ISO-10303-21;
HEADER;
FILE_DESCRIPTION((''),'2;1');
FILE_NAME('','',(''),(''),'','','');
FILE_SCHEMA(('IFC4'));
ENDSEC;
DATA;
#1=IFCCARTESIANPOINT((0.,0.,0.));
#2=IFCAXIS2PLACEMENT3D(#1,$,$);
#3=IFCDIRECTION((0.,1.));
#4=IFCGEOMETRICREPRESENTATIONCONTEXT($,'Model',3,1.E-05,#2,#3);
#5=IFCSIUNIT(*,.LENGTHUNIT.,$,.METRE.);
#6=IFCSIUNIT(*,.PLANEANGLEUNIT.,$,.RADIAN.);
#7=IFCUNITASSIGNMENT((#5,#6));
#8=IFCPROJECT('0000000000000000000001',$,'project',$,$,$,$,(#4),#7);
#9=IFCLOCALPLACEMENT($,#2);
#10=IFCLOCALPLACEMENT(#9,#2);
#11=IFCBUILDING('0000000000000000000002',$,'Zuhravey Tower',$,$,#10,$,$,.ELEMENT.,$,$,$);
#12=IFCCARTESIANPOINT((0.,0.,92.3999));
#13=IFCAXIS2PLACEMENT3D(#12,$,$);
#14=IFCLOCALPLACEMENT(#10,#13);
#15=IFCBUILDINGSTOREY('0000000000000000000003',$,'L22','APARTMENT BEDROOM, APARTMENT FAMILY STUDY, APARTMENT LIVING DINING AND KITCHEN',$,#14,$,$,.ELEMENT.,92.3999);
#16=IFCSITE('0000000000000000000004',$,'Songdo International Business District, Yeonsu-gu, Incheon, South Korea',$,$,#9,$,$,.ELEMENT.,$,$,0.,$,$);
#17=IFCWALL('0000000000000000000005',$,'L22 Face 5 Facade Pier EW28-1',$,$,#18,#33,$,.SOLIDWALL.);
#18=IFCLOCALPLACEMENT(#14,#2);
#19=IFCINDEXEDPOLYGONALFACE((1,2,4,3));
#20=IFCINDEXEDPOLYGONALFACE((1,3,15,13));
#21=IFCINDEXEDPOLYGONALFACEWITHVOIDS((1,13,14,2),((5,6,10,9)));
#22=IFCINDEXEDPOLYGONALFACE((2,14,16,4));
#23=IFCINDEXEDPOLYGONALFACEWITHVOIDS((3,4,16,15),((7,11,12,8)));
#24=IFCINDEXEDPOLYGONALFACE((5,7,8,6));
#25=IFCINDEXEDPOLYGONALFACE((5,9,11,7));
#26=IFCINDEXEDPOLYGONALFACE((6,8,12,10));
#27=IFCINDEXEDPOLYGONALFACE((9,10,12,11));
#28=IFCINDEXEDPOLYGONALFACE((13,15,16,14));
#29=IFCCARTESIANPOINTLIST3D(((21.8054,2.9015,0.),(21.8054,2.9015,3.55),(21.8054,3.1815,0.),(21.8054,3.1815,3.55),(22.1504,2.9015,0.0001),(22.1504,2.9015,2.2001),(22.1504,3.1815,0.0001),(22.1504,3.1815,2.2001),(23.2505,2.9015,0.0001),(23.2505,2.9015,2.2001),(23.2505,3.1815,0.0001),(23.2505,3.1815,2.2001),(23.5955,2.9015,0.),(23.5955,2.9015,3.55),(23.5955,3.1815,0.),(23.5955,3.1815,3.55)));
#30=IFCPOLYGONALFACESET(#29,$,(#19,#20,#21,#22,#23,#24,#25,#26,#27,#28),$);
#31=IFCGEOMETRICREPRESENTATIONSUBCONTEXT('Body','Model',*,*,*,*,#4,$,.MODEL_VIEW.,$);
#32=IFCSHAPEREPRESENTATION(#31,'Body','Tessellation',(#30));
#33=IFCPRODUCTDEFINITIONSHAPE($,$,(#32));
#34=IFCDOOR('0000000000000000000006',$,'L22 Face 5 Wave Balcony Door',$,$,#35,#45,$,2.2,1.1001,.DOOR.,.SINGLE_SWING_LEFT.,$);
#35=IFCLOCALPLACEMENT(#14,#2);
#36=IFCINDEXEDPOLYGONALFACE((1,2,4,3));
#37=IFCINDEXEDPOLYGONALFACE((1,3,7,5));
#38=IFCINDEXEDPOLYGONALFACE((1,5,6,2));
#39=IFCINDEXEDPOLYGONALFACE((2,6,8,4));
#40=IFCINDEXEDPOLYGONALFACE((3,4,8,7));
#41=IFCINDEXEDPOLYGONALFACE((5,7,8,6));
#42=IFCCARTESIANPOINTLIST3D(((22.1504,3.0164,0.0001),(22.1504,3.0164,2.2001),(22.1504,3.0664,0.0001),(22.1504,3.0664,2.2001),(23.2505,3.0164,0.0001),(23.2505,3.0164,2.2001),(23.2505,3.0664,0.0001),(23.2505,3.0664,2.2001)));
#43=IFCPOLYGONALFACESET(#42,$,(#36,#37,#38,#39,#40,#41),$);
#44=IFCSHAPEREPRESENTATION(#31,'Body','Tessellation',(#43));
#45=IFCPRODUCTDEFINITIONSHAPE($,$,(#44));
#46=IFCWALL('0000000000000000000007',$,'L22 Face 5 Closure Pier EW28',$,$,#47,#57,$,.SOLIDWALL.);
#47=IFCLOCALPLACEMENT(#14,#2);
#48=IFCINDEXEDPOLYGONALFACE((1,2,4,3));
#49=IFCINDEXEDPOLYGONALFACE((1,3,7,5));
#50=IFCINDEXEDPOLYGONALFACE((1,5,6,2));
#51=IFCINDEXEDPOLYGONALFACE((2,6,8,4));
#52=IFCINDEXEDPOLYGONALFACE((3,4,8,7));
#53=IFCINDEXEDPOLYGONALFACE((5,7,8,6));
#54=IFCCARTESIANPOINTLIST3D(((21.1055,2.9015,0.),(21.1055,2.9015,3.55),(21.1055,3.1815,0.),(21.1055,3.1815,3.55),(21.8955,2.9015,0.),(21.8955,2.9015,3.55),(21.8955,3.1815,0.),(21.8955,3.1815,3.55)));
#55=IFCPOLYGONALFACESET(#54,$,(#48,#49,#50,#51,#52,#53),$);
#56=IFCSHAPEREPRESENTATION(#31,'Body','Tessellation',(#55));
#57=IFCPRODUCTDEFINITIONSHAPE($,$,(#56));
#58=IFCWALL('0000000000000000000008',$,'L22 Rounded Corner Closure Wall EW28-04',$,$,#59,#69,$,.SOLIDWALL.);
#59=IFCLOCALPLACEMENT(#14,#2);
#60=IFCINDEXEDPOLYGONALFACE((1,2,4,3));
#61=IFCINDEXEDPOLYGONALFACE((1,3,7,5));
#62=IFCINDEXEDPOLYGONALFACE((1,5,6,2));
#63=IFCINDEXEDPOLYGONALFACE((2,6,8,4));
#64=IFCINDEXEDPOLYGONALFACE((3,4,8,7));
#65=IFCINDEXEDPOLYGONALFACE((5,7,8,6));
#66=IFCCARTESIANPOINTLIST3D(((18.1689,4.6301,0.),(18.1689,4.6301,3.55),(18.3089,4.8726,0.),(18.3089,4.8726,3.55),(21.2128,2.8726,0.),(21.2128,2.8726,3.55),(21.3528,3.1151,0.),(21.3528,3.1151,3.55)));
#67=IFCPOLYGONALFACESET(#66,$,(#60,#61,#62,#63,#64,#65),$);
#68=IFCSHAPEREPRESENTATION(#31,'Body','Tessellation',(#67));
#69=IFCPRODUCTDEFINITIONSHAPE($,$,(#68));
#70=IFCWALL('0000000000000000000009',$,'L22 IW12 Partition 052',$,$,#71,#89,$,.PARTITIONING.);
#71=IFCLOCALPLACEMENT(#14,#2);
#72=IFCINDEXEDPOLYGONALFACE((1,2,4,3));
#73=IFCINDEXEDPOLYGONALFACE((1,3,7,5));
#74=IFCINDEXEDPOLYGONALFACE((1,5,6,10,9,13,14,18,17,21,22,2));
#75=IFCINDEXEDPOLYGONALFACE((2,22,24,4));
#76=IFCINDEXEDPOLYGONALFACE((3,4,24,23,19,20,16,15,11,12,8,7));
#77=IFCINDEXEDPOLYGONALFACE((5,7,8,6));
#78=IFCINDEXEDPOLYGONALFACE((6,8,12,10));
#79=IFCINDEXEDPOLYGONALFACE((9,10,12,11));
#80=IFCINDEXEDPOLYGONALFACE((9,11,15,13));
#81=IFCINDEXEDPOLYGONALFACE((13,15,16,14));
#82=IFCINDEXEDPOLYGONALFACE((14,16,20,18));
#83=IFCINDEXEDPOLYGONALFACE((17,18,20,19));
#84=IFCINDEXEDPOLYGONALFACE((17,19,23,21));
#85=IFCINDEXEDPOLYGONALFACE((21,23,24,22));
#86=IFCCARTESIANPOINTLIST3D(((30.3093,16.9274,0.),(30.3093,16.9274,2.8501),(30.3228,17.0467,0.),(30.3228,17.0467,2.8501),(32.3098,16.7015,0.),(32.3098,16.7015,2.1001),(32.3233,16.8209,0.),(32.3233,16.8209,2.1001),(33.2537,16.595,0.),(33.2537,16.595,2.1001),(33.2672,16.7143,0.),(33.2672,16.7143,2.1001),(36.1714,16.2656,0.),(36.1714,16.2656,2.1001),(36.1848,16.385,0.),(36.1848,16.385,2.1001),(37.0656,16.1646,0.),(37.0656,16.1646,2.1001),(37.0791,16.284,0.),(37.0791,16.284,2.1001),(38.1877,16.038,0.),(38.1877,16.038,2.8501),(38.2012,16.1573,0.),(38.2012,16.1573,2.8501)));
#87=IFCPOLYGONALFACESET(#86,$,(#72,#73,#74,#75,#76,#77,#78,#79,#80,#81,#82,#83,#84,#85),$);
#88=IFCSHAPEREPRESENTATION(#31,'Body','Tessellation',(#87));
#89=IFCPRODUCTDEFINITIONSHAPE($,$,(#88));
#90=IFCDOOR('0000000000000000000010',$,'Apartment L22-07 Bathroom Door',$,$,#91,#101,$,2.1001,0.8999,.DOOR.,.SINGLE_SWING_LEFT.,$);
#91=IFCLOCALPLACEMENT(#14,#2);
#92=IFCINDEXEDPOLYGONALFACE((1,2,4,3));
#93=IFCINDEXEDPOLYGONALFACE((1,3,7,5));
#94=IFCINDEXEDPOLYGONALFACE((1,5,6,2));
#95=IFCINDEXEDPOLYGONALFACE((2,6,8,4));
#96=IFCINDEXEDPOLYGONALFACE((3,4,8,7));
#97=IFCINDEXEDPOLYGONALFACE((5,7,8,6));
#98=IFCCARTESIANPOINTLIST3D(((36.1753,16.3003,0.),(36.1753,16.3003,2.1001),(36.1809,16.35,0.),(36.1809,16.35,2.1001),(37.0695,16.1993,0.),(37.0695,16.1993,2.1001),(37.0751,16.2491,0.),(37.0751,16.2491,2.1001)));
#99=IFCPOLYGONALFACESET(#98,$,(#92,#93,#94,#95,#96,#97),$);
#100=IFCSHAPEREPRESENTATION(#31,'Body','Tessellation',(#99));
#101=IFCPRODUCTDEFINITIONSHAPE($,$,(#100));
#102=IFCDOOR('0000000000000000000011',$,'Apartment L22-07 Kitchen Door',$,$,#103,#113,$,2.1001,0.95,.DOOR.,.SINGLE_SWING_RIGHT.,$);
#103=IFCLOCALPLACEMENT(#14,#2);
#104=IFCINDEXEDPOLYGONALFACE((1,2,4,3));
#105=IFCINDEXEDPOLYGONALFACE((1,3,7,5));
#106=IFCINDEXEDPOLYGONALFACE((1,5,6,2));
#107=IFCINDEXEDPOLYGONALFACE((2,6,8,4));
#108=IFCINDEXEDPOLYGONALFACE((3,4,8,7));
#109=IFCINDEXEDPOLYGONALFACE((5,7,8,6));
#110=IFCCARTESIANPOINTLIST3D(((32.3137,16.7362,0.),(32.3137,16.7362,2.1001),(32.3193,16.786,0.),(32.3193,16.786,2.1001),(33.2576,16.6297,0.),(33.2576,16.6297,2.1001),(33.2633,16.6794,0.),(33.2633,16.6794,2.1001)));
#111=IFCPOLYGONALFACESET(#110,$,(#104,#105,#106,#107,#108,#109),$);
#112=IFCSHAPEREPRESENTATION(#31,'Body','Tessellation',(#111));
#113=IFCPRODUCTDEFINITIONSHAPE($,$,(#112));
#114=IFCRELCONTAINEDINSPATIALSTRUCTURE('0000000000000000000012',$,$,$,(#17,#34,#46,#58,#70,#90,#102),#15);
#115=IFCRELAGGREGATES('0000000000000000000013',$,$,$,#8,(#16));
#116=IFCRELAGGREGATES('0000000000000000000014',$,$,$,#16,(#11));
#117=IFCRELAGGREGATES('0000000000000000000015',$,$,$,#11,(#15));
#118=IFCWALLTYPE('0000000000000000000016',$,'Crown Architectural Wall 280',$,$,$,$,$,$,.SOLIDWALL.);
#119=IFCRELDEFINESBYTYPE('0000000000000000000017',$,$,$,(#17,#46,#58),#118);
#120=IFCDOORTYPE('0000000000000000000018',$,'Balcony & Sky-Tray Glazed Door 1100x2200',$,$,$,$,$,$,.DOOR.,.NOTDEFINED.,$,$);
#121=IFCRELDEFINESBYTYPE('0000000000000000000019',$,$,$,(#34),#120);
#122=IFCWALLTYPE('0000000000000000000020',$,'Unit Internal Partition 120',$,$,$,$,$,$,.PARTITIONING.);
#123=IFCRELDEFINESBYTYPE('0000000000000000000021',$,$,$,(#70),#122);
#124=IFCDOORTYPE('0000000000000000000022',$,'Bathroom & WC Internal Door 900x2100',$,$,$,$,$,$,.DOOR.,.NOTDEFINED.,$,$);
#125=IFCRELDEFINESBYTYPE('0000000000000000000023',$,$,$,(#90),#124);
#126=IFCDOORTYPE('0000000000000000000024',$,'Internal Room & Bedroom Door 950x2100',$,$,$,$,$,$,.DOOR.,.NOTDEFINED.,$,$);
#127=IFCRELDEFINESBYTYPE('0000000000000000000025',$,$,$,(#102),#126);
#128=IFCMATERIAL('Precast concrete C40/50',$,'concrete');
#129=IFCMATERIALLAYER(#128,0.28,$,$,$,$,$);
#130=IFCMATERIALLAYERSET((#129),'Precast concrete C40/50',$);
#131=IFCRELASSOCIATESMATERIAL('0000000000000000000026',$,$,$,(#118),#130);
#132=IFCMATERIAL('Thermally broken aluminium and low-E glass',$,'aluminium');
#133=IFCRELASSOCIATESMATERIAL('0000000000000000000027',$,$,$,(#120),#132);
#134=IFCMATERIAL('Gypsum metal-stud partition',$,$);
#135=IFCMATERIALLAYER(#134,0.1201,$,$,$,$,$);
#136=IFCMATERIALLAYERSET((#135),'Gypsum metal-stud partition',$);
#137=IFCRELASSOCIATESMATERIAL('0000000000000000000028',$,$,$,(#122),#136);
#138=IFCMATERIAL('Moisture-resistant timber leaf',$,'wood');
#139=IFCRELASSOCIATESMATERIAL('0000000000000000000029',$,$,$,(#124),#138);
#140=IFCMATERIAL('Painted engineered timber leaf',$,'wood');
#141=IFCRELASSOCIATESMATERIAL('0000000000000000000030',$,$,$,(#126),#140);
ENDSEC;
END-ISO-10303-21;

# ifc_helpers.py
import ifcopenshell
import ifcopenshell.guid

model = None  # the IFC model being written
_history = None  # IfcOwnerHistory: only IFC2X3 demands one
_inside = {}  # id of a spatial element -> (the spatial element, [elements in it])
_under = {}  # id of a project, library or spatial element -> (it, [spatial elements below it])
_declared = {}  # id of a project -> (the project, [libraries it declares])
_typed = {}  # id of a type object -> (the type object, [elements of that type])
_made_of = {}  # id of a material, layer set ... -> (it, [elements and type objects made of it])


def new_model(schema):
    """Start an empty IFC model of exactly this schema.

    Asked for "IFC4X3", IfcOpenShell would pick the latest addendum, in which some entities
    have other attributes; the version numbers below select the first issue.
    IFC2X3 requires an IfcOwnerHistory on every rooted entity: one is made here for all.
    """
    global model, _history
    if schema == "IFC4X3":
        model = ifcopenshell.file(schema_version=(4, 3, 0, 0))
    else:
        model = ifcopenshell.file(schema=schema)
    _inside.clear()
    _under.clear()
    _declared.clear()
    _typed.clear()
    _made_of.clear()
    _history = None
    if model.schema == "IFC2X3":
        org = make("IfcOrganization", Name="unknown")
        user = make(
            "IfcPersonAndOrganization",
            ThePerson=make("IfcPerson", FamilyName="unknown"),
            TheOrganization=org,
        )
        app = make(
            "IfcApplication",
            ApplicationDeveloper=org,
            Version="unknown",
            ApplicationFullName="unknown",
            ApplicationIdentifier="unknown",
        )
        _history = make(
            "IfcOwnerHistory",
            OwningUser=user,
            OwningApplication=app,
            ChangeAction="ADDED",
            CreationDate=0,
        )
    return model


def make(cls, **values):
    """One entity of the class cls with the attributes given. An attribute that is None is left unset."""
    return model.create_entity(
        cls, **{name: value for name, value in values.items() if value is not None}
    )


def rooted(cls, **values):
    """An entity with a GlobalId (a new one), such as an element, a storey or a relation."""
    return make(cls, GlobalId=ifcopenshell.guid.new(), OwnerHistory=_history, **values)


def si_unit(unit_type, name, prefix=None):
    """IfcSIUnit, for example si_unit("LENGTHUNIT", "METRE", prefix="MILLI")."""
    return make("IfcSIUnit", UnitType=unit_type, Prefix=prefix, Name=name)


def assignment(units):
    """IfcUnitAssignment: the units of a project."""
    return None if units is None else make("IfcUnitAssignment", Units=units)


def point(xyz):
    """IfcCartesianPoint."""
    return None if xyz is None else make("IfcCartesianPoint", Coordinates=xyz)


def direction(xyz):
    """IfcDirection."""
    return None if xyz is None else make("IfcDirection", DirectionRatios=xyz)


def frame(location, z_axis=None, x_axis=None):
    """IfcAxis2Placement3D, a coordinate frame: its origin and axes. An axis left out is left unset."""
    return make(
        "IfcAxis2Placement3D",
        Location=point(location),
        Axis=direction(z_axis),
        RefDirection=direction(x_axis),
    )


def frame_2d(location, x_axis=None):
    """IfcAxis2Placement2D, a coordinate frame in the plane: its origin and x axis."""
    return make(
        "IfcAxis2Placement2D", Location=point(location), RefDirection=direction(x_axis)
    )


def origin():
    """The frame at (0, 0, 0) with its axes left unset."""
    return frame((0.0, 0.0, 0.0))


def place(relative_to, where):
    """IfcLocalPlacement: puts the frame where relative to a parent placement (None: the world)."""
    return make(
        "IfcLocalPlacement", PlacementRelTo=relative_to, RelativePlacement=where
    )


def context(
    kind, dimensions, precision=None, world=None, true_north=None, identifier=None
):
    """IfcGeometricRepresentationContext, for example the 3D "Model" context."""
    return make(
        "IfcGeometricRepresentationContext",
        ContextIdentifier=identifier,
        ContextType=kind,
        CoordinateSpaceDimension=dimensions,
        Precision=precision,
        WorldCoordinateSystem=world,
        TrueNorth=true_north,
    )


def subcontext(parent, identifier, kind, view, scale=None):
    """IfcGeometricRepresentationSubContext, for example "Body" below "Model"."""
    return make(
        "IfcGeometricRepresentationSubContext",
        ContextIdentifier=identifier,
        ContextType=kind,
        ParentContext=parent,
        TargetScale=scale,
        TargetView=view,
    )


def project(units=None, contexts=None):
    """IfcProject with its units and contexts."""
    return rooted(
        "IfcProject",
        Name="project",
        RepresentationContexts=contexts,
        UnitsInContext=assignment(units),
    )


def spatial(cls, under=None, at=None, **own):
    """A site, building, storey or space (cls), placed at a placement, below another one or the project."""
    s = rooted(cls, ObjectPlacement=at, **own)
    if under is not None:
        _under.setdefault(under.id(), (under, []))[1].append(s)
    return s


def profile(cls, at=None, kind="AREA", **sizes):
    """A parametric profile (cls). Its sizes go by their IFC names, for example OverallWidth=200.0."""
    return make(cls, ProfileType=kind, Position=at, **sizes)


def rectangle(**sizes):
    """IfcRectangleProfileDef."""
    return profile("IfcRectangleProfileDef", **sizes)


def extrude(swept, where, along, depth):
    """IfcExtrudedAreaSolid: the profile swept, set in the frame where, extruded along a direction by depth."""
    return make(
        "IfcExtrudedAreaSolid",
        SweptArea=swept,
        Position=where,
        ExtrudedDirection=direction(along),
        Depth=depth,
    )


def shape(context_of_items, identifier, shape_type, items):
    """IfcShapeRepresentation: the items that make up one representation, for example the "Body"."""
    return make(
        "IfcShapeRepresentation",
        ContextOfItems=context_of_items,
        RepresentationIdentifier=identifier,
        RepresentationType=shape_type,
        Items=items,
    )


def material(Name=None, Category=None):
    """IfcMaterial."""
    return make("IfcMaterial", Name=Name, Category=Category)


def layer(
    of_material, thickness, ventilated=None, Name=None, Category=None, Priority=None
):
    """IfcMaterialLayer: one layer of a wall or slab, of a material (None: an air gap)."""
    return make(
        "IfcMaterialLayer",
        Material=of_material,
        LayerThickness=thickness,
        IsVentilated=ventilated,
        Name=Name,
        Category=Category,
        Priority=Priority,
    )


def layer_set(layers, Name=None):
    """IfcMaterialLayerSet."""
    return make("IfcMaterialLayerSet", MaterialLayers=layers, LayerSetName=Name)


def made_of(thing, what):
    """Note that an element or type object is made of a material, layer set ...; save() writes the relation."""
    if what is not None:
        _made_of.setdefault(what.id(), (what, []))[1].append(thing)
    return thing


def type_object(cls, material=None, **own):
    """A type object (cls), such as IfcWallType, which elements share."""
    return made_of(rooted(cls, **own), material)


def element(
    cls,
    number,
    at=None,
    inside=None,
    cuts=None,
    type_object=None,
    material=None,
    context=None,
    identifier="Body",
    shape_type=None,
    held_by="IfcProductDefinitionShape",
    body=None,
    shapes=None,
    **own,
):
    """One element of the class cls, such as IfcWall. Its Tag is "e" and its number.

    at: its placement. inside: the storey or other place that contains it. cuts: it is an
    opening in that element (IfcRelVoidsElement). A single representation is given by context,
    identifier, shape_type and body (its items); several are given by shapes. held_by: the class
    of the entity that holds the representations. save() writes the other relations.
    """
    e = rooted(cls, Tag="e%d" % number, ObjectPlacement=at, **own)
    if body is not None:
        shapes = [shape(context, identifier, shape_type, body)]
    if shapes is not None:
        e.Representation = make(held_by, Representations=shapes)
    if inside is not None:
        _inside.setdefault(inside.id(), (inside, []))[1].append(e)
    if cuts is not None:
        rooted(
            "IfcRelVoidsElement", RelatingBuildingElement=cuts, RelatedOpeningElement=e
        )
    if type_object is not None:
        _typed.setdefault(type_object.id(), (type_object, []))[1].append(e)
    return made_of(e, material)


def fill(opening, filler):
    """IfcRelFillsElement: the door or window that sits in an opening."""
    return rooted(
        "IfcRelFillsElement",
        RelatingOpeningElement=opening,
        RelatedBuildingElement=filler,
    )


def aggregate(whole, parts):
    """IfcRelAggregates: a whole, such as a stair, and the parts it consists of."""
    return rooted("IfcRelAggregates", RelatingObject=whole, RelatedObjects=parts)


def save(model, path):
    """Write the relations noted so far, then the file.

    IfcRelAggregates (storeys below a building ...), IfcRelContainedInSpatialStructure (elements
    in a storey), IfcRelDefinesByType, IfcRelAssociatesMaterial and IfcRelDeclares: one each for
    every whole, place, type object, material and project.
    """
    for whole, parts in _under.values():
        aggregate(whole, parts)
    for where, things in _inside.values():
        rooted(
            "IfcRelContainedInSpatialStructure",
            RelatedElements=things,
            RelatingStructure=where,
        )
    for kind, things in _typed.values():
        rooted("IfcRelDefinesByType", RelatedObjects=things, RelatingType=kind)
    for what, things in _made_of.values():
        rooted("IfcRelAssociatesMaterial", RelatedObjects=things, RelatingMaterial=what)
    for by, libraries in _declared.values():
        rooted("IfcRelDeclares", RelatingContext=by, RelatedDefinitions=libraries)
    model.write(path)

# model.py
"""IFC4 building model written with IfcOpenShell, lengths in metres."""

from ifc_helpers import new_model, si_unit, direction, frame, frame_2d, origin, place, context, subcontext, project, spatial, rectangle, extrude, material, layer, layer_set, type_object, element, fill, save


model = new_model("IFC4")

# Units and contexts
model_context = context("Model", 3, precision=1e-05, world=origin(), true_north=direction((0.0, 1.0)))
body_context = subcontext(model_context, "Body", "Model", "MODEL_VIEW")
ifc_project = project(units=[si_unit("LENGTHUNIT", "METRE"), si_unit("PLANEANGLEUNIT", "RADIAN")], contexts=[model_context])

# Site, building, storey
site_placement = place(None, origin())
site = spatial("IfcSite", under=ifc_project, at=site_placement, Name="Songdo International Business District, Yeonsu-gu, Incheon, South Korea", CompositionType="ELEMENT", RefElevation=0.0)
building_placement = place(site_placement, origin())
building = spatial("IfcBuilding", under=site, at=building_placement, Name="Zuhravey Tower", CompositionType="ELEMENT")
storey_placement = place(building_placement, frame((0.0, 0.0, 92.3999)))
storey = spatial("IfcBuildingStorey", under=building, at=storey_placement, Name="L22", Description="APARTMENT BEDROOM, APARTMENT FAMILY STUDY, APARTMENT LIVING DINING AND KITCHEN", CompositionType="ELEMENT", Elevation=92.3999)

# Wall, opening, door
ifc_material_1 = material(Name="Precast concrete C40/50", Category="concrete")
ifc_layer_1 = layer(ifc_material_1, 0.28)
ifc_layer_set_1 = layer_set([ifc_layer_1], Name="Precast concrete C40/50")
wall_type_1 = type_object("IfcWallType", Name="Crown Architectural Wall 280", PredefinedType="SOLIDWALL", material=ifc_layer_set_1)
wall_1_placement = place(storey_placement, frame((23.5955, 3.0415, 0.0), z_axis=(0.0, 0.0, 1.0), x_axis=(-1.0, 0.0, 0.0)))
wall_1 = element("IfcWall", 1, at=wall_1_placement, inside=storey, type_object=wall_type_1, Name="L22 Face 5 Facade Pier EW28-1", PredefinedType="SOLIDWALL", context=body_context, shape_type="SweptSolid", body=[
    extrude(rectangle(XDim=1.79, YDim=0.28, at=frame_2d((0.895, 0.0))), origin(), (0.0, 0.0, 1.0), 3.55),
])
opening_1_placement = place(wall_1_placement, frame((0.345, 0.0, 0.0)))
opening_1 = element("IfcOpeningElement", 2, at=opening_1_placement, cuts=wall_1, PredefinedType="OPENING", context=body_context, shape_type="SweptSolid", body=[
    extrude(rectangle(XDim=1.1001, YDim=2.2, at=frame_2d((0.55, 1.1001))), frame((0.0, 0.1521, 0.0), z_axis=(0.0, -1.0, 0.0), x_axis=(1.0, 0.0, 0.0)), (0.0, 0.0, 1.0), 0.304),
])
ifc_material_2 = material(Name="Thermally broken aluminium and low-E glass", Category="aluminium")
door_type_1 = type_object("IfcDoorType", Name="Balcony & Sky-Tray Glazed Door 1100x2200", OperationType="NOTDEFINED", PredefinedType="DOOR", material=ifc_material_2)
door_1_placement = place(opening_1_placement, frame((1.1001, 0.0, 0.0), z_axis=(0.0, 0.0, 1.0), x_axis=(-1.0, 0.0, 0.0)))
door_1 = element("IfcDoor", 3, at=door_1_placement, inside=storey, type_object=door_type_1, Name="L22 Face 5 Wave Balcony Door", OperationType="SINGLE_SWING_LEFT", OverallHeight=2.2, OverallWidth=1.1001, PredefinedType="DOOR", context=body_context, shape_type="SweptSolid", body=[
    extrude(rectangle(XDim=1.1001, YDim=2.2, at=frame_2d((0.55, 1.1001))), frame((0.0, 0.0249, 0.0), z_axis=(0.0, -1.0, 0.0), x_axis=(1.0, 0.0, 0.0)), (0.0, 0.0, 1.0), 0.05),
])
fill(opening_1, door_1)

# Walls
wall_2_placement = place(storey_placement, frame((21.8955, 3.0415, 0.0), z_axis=(0.0, 0.0, 1.0), x_axis=(-1.0, 0.0, 0.0)))
element("IfcWall", 4, at=wall_2_placement, inside=storey, type_object=wall_type_1, Name="L22 Face 5 Closure Pier EW28", PredefinedType="SOLIDWALL", context=body_context, shape_type="SweptSolid", body=[
    extrude(rectangle(XDim=0.79, YDim=0.28, at=frame_2d((0.395, 0.0))), origin(), (0.0, 0.0, 1.0), 3.55),
])
wall_3_placement = place(storey_placement, frame((21.2827, 2.9939, 0.0), z_axis=(0.0, 0.0, 1.0), x_axis=(-0.866007, 0.500031, 0.0)))
element("IfcWall", 5, at=wall_3_placement, inside=storey, type_object=wall_type_1, Name="L22 Rounded Corner Closure Wall EW28-04", PredefinedType="SOLIDWALL", context=body_context, shape_type="SweptSolid", body=[
    extrude(rectangle(XDim=3.5149, YDim=0.28, at=frame_2d((1.7573, 0.0))), origin(), (0.0, 0.0, 1.0), 3.55),
])

# Wall, openings, doors
ifc_material_3 = material(Name="Gypsum metal-stud partition")
ifc_layer_2 = layer(ifc_material_3, 0.1201)
ifc_layer_set_2 = layer_set([ifc_layer_2], Name="Gypsum metal-stud partition")
wall_type_2 = type_object("IfcWallType", Name="Unit Internal Partition 120", PredefinedType="PARTITIONING", material=ifc_layer_set_2)
wall_4_placement = place(storey_placement, frame((30.3159, 16.9871, 0.0), z_axis=(0.0, 0.0, 1.0), x_axis=(0.993688, -0.112179, 0.0)))
wall_4 = element("IfcWall", 6, at=wall_4_placement, inside=storey, type_object=wall_type_2, Name="L22 IW12 Partition 052", PredefinedType="PARTITIONING", context=body_context, shape_type="SweptSolid", body=[
    extrude(rectangle(XDim=7.9285, YDim=0.1201, at=frame_2d((3.9644, 0.0))), origin(), (0.0, 0.0, 1.0), 2.8501),
])
opening_2_placement = place(wall_4_placement, frame((2.0132, 0.0, 0.0)))
opening_2 = element("IfcOpeningElement", 7, at=opening_2_placement, cuts=wall_4, PredefinedType="OPENING", context=body_context, shape_type="SweptSolid", body=[
    extrude(rectangle(XDim=0.95, YDim=2.1001, at=frame_2d((0.4751, 1.05))), frame((0.0, 0.072, 0.0), z_axis=(0.0, -1.0, 0.0), x_axis=(1.0, 0.0, 0.0)), (0.0, 0.0, 1.0), 0.144),
])
opening_3_placement = place(wall_4_placement, frame((5.8994, 0.0, 0.0)))
opening_3 = element("IfcOpeningElement", 8, at=opening_3_placement, cuts=wall_4, PredefinedType="OPENING", context=body_context, shape_type="SweptSolid", body=[
    extrude(rectangle(XDim=0.8999, YDim=2.1001, at=frame_2d((0.45, 1.05))), frame((0.0, 0.072, 0.0), z_axis=(0.0, -1.0, 0.0), x_axis=(1.0, 0.0, 0.0)), (0.0, 0.0, 1.0), 0.144),
])
ifc_material_4 = material(Name="Moisture-resistant timber leaf", Category="wood")
door_type_2 = type_object("IfcDoorType", Name="Bathroom & WC Internal Door 900x2100", OperationType="NOTDEFINED", PredefinedType="DOOR", material=ifc_material_4)
door_2_placement = place(opening_3_placement, origin())
door_2 = element("IfcDoor", 9, at=door_2_placement, inside=storey, type_object=door_type_2, Name="Apartment L22-07 Bathroom Door", OperationType="SINGLE_SWING_LEFT", OverallHeight=2.1001, OverallWidth=0.8999, PredefinedType="DOOR", context=body_context, shape_type="SweptSolid", body=[
    extrude(rectangle(XDim=0.8999, YDim=2.1001, at=frame_2d((0.45, 1.05))), frame((0.0, 0.0249, 0.0), z_axis=(0.0, -1.0, 0.0), x_axis=(1.0, 0.0, 0.0)), (0.0, 0.0, 1.0), 0.05),
])
fill(opening_3, door_2)
ifc_material_5 = material(Name="Painted engineered timber leaf", Category="wood")
door_type_3 = type_object("IfcDoorType", Name="Internal Room & Bedroom Door 950x2100", OperationType="NOTDEFINED", PredefinedType="DOOR", material=ifc_material_5)
door_3_placement = place(opening_2_placement, origin())
door_3 = element("IfcDoor", 10, at=door_3_placement, inside=storey, type_object=door_type_3, Name="Apartment L22-07 Kitchen Door", OperationType="SINGLE_SWING_RIGHT", OverallHeight=2.1001, OverallWidth=0.95, PredefinedType="DOOR", context=body_context, shape_type="SweptSolid", body=[
    extrude(rectangle(XDim=0.95, YDim=2.1001, at=frame_2d((0.4751, 1.05))), frame((0.0, 0.0249, 0.0), z_axis=(0.0, -1.0, 0.0), x_axis=(1.0, 0.0, 0.0)), (0.0, 0.0, 1.0), 0.05),
])
fill(opening_2, door_3)

save(model, "model.ifc")
